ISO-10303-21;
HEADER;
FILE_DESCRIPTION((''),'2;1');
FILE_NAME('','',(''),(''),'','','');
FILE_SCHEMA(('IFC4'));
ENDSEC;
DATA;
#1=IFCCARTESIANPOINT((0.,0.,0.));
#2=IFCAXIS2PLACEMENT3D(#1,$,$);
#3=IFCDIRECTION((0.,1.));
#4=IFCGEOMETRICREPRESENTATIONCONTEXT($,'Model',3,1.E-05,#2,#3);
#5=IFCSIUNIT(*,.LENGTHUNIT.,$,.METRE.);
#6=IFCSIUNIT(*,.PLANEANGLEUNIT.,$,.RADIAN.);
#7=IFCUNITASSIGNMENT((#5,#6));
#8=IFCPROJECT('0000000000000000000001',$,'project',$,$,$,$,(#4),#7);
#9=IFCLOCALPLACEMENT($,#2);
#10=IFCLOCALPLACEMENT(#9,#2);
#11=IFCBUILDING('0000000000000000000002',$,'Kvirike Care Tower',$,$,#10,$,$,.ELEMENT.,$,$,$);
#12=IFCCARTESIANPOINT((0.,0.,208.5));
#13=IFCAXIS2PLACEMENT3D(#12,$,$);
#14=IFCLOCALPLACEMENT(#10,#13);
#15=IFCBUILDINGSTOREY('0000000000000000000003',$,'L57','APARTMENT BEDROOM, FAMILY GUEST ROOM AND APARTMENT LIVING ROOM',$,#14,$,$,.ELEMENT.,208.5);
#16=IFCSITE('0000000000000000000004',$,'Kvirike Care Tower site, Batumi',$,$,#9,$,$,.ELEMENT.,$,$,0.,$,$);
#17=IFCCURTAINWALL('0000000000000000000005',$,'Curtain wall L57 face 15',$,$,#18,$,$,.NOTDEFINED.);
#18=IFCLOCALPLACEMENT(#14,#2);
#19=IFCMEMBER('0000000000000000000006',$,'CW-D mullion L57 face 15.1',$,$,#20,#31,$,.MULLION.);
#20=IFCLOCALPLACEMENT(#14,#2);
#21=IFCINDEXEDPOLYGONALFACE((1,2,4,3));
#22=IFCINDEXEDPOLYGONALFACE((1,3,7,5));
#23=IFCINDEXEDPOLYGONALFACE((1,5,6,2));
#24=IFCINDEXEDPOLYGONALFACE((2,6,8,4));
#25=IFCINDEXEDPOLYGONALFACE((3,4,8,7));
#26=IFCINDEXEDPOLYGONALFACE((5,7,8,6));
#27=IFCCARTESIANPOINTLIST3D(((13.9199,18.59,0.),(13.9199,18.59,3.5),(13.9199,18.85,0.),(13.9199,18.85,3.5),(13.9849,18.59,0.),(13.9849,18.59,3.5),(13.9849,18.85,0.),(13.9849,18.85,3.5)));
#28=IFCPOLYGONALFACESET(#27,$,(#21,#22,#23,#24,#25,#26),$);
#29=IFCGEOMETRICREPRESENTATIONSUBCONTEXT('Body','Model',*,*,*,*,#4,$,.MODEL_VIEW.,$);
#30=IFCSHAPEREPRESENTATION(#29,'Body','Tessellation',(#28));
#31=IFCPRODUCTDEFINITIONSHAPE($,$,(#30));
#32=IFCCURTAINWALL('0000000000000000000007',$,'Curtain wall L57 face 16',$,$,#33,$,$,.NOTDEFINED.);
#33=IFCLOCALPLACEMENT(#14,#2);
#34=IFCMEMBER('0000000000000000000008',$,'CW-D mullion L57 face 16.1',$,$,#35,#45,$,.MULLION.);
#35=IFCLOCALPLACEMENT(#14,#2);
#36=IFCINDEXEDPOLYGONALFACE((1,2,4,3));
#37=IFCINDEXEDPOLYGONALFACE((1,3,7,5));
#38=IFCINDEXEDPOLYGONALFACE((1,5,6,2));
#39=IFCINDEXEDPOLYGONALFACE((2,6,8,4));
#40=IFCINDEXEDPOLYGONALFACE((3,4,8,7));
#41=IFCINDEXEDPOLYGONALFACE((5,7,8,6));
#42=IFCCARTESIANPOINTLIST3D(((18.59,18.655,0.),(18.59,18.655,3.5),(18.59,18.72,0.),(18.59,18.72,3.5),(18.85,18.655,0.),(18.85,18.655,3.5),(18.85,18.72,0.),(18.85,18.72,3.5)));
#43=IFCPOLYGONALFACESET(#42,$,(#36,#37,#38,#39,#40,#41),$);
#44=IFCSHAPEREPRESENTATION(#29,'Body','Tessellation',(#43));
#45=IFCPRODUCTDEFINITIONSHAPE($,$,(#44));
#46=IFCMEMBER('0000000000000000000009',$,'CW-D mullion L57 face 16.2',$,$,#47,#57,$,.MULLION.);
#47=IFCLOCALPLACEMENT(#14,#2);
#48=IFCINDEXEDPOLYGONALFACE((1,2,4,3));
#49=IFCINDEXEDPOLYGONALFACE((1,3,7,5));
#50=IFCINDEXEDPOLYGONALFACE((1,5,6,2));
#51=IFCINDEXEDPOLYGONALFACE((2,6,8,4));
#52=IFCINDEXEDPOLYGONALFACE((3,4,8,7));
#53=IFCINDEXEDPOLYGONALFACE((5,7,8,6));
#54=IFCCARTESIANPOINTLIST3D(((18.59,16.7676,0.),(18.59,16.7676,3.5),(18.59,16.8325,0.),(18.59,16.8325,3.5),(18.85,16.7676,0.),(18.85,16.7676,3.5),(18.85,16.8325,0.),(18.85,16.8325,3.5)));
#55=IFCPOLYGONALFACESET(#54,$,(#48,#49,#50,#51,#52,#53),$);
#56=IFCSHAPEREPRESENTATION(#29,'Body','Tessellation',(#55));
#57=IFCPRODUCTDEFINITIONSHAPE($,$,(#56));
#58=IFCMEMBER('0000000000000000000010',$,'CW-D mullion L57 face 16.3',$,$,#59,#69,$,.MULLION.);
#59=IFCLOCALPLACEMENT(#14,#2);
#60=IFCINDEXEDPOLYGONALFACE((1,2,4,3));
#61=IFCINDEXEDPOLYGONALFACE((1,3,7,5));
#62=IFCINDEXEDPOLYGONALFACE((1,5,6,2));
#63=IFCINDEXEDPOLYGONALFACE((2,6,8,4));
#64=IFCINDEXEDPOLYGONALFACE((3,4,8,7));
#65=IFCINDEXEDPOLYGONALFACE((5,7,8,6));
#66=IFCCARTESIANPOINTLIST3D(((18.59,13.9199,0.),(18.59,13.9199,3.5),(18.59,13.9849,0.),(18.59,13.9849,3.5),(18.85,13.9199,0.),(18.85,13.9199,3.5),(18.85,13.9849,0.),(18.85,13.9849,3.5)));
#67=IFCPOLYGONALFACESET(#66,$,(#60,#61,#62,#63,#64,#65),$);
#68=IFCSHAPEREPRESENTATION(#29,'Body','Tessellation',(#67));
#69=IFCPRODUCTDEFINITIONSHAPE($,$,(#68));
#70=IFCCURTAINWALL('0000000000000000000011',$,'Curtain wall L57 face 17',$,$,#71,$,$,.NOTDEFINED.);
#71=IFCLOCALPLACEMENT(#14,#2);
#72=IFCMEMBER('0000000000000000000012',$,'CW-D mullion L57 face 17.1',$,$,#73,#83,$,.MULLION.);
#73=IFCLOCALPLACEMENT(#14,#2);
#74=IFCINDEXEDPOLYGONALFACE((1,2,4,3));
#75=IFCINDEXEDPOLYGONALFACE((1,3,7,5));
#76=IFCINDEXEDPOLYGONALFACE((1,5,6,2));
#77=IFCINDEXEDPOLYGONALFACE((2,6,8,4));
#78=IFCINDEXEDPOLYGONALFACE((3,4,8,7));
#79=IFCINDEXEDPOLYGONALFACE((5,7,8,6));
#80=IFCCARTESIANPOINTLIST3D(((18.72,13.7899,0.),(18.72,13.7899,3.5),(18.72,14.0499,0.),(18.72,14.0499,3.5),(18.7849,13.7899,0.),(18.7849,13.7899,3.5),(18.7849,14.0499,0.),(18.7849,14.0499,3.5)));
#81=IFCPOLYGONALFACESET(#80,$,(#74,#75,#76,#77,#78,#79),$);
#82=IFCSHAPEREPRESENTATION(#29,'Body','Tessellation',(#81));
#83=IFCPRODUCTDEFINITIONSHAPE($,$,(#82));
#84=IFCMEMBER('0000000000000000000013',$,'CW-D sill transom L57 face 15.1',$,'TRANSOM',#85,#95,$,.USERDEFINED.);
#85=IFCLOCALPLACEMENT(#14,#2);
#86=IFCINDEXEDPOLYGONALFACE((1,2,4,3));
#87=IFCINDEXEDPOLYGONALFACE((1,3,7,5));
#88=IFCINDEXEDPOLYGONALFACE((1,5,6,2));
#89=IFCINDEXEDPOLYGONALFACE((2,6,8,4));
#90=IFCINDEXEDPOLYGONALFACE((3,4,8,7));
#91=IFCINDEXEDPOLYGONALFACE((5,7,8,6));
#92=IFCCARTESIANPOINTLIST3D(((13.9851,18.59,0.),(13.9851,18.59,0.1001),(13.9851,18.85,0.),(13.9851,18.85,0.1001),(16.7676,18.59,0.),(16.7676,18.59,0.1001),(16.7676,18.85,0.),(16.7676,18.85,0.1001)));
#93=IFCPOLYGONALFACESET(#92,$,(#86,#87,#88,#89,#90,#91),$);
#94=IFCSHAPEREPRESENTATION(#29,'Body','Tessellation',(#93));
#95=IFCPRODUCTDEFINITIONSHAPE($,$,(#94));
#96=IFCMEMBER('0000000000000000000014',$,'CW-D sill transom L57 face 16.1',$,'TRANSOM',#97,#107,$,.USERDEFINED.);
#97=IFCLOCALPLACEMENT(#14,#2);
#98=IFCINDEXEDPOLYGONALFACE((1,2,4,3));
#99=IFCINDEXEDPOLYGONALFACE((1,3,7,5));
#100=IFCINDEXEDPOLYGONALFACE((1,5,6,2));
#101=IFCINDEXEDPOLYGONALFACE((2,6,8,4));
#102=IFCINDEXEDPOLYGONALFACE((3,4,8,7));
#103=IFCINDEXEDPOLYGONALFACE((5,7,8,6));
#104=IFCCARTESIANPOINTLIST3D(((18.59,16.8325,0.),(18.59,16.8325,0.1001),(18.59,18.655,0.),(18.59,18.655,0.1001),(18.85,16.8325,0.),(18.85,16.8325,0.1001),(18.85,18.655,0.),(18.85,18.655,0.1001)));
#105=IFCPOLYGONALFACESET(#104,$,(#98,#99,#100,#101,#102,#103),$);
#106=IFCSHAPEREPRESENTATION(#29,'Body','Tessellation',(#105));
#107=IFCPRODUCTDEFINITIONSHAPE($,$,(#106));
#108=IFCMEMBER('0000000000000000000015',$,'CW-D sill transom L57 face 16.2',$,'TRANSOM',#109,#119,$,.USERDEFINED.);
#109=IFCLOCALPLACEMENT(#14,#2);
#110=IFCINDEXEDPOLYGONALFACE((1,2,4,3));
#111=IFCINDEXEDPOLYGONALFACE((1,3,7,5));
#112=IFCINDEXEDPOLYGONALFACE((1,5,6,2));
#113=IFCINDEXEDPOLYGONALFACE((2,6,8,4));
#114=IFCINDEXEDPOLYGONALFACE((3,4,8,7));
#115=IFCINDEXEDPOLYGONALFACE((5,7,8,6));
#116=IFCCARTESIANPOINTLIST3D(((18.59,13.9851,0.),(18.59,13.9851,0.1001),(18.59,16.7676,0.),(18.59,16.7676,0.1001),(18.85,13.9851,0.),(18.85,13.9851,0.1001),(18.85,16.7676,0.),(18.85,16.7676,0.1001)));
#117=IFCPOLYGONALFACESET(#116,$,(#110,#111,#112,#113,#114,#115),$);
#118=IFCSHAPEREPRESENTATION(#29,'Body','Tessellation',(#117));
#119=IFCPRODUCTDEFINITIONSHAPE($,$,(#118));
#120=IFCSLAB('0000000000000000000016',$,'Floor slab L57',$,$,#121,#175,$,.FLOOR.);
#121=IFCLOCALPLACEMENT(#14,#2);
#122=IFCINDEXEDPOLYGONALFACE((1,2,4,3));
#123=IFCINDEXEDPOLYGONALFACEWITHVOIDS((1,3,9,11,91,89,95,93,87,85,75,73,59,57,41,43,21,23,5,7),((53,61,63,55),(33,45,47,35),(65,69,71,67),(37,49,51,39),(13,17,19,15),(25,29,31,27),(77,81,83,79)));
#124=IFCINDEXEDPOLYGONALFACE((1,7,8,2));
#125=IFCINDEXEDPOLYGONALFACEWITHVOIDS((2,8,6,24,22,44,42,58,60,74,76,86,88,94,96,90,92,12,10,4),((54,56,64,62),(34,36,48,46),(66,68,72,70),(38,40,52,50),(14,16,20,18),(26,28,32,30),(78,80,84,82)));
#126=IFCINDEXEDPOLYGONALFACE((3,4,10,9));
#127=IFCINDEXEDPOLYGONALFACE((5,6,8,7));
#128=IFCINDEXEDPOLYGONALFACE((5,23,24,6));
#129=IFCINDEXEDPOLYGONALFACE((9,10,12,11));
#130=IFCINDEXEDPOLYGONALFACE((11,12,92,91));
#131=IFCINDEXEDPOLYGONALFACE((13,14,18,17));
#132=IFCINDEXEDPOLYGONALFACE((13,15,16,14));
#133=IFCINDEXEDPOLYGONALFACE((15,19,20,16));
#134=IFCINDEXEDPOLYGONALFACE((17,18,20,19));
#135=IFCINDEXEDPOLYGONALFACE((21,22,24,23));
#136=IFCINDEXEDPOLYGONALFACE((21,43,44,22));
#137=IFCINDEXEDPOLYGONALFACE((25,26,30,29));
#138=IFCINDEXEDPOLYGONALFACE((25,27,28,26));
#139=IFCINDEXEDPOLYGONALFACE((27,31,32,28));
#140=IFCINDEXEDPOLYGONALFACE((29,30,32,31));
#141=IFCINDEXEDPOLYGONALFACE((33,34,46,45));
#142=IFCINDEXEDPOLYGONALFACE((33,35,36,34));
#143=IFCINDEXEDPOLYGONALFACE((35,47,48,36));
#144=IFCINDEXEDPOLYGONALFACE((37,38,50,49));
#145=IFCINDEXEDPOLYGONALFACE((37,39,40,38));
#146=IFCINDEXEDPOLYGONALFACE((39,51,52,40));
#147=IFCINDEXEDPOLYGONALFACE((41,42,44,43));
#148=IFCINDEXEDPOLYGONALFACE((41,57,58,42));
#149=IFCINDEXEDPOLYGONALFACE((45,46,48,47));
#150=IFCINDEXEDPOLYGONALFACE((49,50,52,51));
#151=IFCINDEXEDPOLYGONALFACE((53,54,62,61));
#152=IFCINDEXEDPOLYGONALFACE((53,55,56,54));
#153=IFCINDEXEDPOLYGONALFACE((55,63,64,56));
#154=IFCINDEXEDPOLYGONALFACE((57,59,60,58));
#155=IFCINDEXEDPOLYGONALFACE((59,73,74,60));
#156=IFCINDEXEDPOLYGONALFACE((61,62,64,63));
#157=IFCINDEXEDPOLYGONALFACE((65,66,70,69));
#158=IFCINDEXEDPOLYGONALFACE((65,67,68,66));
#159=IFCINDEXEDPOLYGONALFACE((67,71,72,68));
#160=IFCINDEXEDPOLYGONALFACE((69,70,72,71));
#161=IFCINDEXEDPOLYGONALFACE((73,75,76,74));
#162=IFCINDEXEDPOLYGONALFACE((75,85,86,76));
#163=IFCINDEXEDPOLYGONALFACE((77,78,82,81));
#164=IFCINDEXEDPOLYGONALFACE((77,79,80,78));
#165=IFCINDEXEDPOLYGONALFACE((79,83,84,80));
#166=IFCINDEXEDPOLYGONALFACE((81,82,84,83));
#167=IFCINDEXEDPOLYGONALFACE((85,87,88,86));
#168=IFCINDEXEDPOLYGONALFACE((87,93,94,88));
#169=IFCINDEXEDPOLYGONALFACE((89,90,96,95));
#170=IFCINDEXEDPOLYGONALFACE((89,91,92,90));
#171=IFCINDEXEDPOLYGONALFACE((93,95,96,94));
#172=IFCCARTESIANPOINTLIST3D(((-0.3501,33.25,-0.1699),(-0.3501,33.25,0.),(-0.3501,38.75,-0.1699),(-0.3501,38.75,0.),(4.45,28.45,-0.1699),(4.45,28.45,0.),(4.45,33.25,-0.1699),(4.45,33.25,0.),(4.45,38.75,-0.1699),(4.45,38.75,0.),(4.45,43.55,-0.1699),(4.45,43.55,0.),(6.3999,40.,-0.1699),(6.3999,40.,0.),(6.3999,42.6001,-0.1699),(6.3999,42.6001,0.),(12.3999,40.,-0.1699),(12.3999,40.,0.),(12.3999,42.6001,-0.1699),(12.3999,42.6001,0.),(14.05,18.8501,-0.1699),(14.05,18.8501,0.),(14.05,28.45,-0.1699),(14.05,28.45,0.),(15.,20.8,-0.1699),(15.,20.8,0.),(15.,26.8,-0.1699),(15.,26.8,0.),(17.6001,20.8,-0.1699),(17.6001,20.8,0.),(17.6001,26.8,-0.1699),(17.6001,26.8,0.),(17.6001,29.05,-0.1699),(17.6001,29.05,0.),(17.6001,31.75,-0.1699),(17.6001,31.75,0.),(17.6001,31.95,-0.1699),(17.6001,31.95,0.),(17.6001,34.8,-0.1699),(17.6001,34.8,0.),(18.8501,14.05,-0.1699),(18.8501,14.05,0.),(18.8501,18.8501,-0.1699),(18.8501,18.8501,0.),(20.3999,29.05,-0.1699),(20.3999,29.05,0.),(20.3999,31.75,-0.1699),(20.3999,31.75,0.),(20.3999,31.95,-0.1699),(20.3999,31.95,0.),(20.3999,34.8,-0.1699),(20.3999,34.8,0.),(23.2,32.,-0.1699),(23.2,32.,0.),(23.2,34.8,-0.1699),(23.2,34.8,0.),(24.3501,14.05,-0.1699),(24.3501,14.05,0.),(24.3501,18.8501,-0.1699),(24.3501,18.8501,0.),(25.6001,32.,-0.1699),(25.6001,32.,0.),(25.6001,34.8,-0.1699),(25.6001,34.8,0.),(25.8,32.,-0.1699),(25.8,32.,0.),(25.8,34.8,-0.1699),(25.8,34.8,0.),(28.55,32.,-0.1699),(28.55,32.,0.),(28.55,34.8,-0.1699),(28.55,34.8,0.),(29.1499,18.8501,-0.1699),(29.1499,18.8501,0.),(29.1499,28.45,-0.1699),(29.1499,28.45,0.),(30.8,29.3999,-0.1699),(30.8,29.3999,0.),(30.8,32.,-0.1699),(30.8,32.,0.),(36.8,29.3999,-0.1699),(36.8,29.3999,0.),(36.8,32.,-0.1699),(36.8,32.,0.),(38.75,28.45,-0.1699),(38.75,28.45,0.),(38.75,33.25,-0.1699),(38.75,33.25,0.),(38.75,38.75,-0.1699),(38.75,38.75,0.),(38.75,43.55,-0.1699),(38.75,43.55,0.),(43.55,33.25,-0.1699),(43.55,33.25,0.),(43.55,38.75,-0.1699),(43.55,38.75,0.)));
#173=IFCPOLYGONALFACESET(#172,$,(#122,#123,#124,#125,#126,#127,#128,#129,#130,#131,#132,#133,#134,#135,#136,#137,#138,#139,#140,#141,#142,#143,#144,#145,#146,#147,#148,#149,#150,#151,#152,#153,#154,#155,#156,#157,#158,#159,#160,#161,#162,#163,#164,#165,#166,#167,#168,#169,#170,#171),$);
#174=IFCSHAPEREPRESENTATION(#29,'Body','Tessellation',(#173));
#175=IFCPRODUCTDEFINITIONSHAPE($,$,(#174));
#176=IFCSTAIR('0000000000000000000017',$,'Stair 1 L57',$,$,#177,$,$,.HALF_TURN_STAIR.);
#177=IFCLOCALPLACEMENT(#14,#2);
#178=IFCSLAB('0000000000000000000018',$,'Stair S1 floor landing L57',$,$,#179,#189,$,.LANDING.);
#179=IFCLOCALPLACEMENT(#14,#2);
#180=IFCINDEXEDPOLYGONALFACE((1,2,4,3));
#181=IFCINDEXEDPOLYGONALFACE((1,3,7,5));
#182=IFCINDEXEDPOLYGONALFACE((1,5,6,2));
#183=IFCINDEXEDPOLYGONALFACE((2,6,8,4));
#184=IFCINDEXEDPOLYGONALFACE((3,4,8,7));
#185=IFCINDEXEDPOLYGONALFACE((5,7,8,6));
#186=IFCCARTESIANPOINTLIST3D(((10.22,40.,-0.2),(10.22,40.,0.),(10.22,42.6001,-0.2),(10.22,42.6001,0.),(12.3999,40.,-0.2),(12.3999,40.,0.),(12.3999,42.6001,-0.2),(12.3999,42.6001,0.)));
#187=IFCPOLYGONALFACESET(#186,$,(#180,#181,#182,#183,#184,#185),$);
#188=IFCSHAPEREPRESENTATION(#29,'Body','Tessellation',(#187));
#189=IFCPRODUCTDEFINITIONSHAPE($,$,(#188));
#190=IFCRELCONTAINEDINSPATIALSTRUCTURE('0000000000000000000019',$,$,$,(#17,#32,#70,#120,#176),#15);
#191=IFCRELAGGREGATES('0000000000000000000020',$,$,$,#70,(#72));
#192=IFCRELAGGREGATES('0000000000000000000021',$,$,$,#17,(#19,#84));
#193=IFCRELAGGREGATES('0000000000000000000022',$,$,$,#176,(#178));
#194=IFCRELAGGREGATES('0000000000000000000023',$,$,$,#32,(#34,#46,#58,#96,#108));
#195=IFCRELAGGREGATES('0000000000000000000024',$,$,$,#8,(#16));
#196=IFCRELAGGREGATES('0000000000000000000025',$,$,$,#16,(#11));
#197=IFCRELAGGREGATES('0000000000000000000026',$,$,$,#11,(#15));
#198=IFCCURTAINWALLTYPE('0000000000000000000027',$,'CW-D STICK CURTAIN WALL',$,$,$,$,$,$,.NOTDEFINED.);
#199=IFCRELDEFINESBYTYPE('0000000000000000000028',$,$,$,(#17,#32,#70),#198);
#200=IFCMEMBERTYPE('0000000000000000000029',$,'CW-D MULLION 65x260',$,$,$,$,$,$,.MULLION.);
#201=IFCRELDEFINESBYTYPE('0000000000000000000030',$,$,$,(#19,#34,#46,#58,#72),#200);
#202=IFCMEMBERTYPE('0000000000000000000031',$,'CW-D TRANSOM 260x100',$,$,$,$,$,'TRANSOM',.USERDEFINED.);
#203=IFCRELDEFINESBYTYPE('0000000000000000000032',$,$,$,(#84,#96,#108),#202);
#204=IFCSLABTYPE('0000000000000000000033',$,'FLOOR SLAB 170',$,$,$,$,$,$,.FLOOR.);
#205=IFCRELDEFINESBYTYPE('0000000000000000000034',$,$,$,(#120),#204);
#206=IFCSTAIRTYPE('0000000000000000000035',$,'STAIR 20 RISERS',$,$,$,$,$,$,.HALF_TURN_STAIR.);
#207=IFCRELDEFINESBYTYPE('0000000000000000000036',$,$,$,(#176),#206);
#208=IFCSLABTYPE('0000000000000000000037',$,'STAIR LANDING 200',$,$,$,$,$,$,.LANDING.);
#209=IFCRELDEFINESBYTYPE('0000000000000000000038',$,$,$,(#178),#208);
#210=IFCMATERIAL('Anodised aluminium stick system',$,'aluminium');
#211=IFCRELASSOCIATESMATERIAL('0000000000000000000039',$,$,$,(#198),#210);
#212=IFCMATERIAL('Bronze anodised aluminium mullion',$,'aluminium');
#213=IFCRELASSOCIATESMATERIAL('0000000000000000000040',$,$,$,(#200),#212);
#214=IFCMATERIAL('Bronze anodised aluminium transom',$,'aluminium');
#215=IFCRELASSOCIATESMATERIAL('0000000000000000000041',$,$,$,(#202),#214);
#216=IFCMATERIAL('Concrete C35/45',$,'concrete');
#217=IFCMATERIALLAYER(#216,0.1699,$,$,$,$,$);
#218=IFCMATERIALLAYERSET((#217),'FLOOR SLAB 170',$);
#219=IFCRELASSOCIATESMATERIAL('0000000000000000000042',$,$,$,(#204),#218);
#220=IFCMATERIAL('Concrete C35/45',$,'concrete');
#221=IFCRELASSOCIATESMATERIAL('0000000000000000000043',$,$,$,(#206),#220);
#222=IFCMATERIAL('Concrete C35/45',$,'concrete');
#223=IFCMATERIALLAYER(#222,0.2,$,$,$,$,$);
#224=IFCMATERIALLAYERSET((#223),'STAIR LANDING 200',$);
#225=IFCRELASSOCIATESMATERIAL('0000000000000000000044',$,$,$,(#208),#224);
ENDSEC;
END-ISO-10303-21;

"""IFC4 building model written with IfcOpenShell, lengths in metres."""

from ifc_helpers import new_model, si_unit, direction, frame, origin, origin_2d, place, context, subcontext, project, spatial, polyline, rectangle, outline, extrude, material, layer, layer_set, material_profile, profile_set, type_object, element, aggregate, save


model = new_model("IFC4")

# Units and contexts
model_context = context("Model", 3, precision=1e-05, world=origin(), true_north=direction((0.0, 1.0)))
body_context = subcontext(model_context, "Body", "Model", "MODEL_VIEW")
ifc_project = project(units=[si_unit("LENGTHUNIT", "METRE"), si_unit("PLANEANGLEUNIT", "RADIAN")], contexts=[model_context])

# Site, building, storey
site_placement = place(None, origin())
site = spatial("IfcSite", under=ifc_project, at=site_placement, Name="Kvirike Care Tower site, Batumi", CompositionType="ELEMENT", RefElevation=0.0)
building_placement = place(site_placement, origin())
building = spatial("IfcBuilding", under=site, at=building_placement, Name="Kvirike Care Tower", CompositionType="ELEMENT")
storey_placement = place(building_placement, frame((0.0, 0.0, 208.5)))
storey = spatial("IfcBuildingStorey", under=building, at=storey_placement, Name="L57", Description="APARTMENT BEDROOM, FAMILY GUEST ROOM AND APARTMENT LIVING ROOM", CompositionType="ELEMENT", Elevation=208.5)

# Curtain wall, member
ifc_material_1 = material(Name="Anodised aluminium stick system", Category="aluminium")
curtain_wall_type = type_object("IfcCurtainWallType", Name="CW-D STICK CURTAIN WALL", PredefinedType="NOTDEFINED", material=ifc_material_1)
curtain_wall_1_placement = place(storey_placement, origin())
curtain_wall_1 = element("IfcCurtainWall", 1, at=curtain_wall_1_placement, inside=storey, type_object=curtain_wall_type, Name="Curtain wall L57 face 15", PredefinedType="NOTDEFINED")
ifc_material_2 = material(Name="Bronze anodised aluminium mullion", Category="aluminium")
ifc_material_profile_1 = material_profile(ifc_material_2, rectangle(XDim=0.0649, YDim=0.26, at=origin_2d()), Name="CW-D MULLION 65x260")
ifc_profile_set_1 = profile_set([ifc_material_profile_1], Name="Bronze anodised aluminium mullion")
member_type_1 = type_object("IfcMemberType", Name="CW-D MULLION 65x260", PredefinedType="MULLION", material=ifc_profile_set_1)
member_1_placement = place(storey_placement, frame((13.9524, 18.72, 0.0), z_axis=(0.0, 0.0, 1.0), x_axis=(1.0, 0.0, 0.0)))
member_1 = element("IfcMember", 2, at=member_1_placement, type_object=member_type_1, Name="CW-D mullion L57 face 15.1", PredefinedType="MULLION", context=body_context, shape_type="SweptSolid", body=[
    extrude(rectangle(XDim=0.0649, YDim=0.26, at=origin_2d()), origin(), (0.0, 0.0, 1.0), 3.5),
])

# Curtain wall, members
curtain_wall_2_placement = place(storey_placement, origin())
curtain_wall_2 = element("IfcCurtainWall", 3, at=curtain_wall_2_placement, inside=storey, type_object=curtain_wall_type, Name="Curtain wall L57 face 16", PredefinedType="NOTDEFINED")
member_2_placement = place(storey_placement, frame((18.72, 18.6875, 0.0), z_axis=(0.0, 0.0, 1.0), x_axis=(0.0, -1.0, 0.0)))
member_2 = element("IfcMember", 4, at=member_2_placement, type_object=member_type_1, Name="CW-D mullion L57 face 16.1", PredefinedType="MULLION", context=body_context, shape_type="SweptSolid", body=[
    extrude(rectangle(XDim=0.0649, YDim=0.26, at=origin_2d()), origin(), (0.0, 0.0, 1.0), 3.5),
])
member_3_placement = place(storey_placement, frame((18.72, 16.8, 0.0), z_axis=(0.0, 0.0, 1.0), x_axis=(0.0, -1.0, 0.0)))
member_3 = element("IfcMember", 5, at=member_3_placement, type_object=member_type_1, Name="CW-D mullion L57 face 16.2", PredefinedType="MULLION", context=body_context, shape_type="SweptSolid", body=[
    extrude(rectangle(XDim=0.0649, YDim=0.26, at=origin_2d()), origin(), (0.0, 0.0, 1.0), 3.5),
])
member_4_placement = place(storey_placement, frame((18.72, 13.9524, 0.0), z_axis=(0.0, 0.0, 1.0), x_axis=(0.0, -1.0, 0.0)))
member_4 = element("IfcMember", 6, at=member_4_placement, type_object=member_type_1, Name="CW-D mullion L57 face 16.3", PredefinedType="MULLION", context=body_context, shape_type="SweptSolid", body=[
    extrude(rectangle(XDim=0.0649, YDim=0.26, at=origin_2d()), origin(), (0.0, 0.0, 1.0), 3.5),
])

# Curtain wall, member
curtain_wall_3_placement = place(storey_placement, origin())
curtain_wall_3 = element("IfcCurtainWall", 7, at=curtain_wall_3_placement, inside=storey, type_object=curtain_wall_type, Name="Curtain wall L57 face 17", PredefinedType="NOTDEFINED")
member_5_placement = place(storey_placement, frame((18.7524, 13.9199, 0.0), z_axis=(0.0, 0.0, 1.0), x_axis=(1.0, 0.0, 0.0)))
member_5 = element("IfcMember", 8, at=member_5_placement, type_object=member_type_1, Name="CW-D mullion L57 face 17.1", PredefinedType="MULLION", context=body_context, shape_type="SweptSolid", body=[
    extrude(rectangle(XDim=0.0649, YDim=0.26, at=origin_2d()), origin(), (0.0, 0.0, 1.0), 3.5),
])
aggregate(curtain_wall_3, [member_5])

# Members
ifc_material_3 = material(Name="Bronze anodised aluminium transom", Category="aluminium")
ifc_material_profile_2 = material_profile(ifc_material_3, rectangle(XDim=0.26, YDim=0.1001, at=origin_2d()), Name="CW-D TRANSOM 260x100")
ifc_profile_set_2 = profile_set([ifc_material_profile_2], Name="Bronze anodised aluminium transom")
member_type_2 = type_object("IfcMemberType", Name="CW-D TRANSOM 260x100", ElementType="TRANSOM", PredefinedType="USERDEFINED", material=ifc_profile_set_2)
member_6_placement = place(storey_placement, frame((13.9851, 18.72, 0.05), z_axis=(1.0, 0.0, 0.0), x_axis=(0.0, 1.0, 0.0)))
member_6 = element("IfcMember", 9, at=member_6_placement, type_object=member_type_2, Name="CW-D sill transom L57 face 15.1", ObjectType="TRANSOM", PredefinedType="USERDEFINED", context=body_context, shape_type="SweptSolid", body=[
    extrude(rectangle(XDim=0.26, YDim=0.1001, at=origin_2d()), origin(), (0.0, 0.0, 1.0), 2.7825),
])
aggregate(curtain_wall_1, [member_1, member_6])
member_7_placement = place(storey_placement, frame((18.72, 18.655, 0.05), z_axis=(0.0, -1.0, 0.0), x_axis=(1.0, 0.0, 0.0)))
member_7 = element("IfcMember", 10, at=member_7_placement, type_object=member_type_2, Name="CW-D sill transom L57 face 16.1", ObjectType="TRANSOM", PredefinedType="USERDEFINED", context=body_context, shape_type="SweptSolid", body=[
    extrude(rectangle(XDim=0.26, YDim=0.1001, at=origin_2d()), origin(), (0.0, 0.0, 1.0), 1.8225),
])
member_8_placement = place(storey_placement, frame((18.72, 16.7676, 0.05), z_axis=(0.0, -1.0, 0.0), x_axis=(1.0, 0.0, 0.0)))
member_8 = element("IfcMember", 11, at=member_8_placement, type_object=member_type_2, Name="CW-D sill transom L57 face 16.2", ObjectType="TRANSOM", PredefinedType="USERDEFINED", context=body_context, shape_type="SweptSolid", body=[
    extrude(rectangle(XDim=0.26, YDim=0.1001, at=origin_2d()), origin(), (0.0, 0.0, 1.0), 2.7825),
])

# Slab
ifc_material_4 = material(Name="Concrete C35/45", Category="concrete")
ifc_layer_1 = layer(ifc_material_4, 0.1699)
ifc_layer_set_1 = layer_set([ifc_layer_1], Name="FLOOR SLAB 170")
slab_type_1 = type_object("IfcSlabType", Name="FLOOR SLAB 170", PredefinedType="FLOOR", material=ifc_layer_set_1)
slab_1_placement = place(storey_placement, frame((0.0, 0.0, -0.1699)))
element("IfcSlab", 12, at=slab_1_placement, inside=storey, type_object=slab_type_1, Name="Floor slab L57", PredefinedType="FLOOR", context=body_context, shape_type="SweptSolid", body=[
    extrude(outline(polyline([(29.1499, 28.45), (38.75, 28.45), (38.75, 33.25), (43.55, 33.25), (43.55, 38.75), (38.75, 38.75), (38.75, 43.55), (4.45, 43.55), (4.45, 38.75), (-0.3501, 38.75), (-0.3501, 33.25), (4.45, 33.25), (4.45, 28.45), (14.05, 28.45), (14.05, 18.8501), (18.8501, 18.8501), (18.8501, 14.05), (24.3501, 14.05), (24.3501, 18.8501), (29.1499, 18.8501), (29.1499, 28.45)]), holes=[polyline([(17.6001, 29.05), (17.6001, 31.75), (20.3999, 31.75), (20.3999, 29.05), (17.6001, 29.05)]), polyline([(17.6001, 31.95), (17.6001, 34.8), (20.3999, 34.8), (20.3999, 31.95), (17.6001, 31.95)]), polyline([(23.2, 32.0), (23.2, 34.8), (25.6001, 34.8), (25.6001, 32.0), (23.2, 32.0)]), polyline([(25.8, 32.0), (25.8, 34.8), (28.55, 34.8), (28.55, 32.0), (25.8, 32.0)]), polyline([(12.3999, 42.6001), (12.3999, 40.0), (6.3999, 40.0), (6.3999, 42.6001), (12.3999, 42.6001)]), polyline([(30.8, 29.3999), (30.8, 32.0), (36.8, 32.0), (36.8, 29.3999), (30.8, 29.3999)]), polyline([(15.0, 26.8), (17.6001, 26.8), (17.6001, 20.8), (15.0, 20.8), (15.0, 26.8)])]), origin(), (0.0, 0.0, 1.0), 0.1699),
])

# Stair, slab
ifc_material_5 = material(Name="Concrete C35/45", Category="concrete")
stair_type = type_object("IfcStairType", Name="STAIR 20 RISERS", PredefinedType="HALF_TURN_STAIR", material=ifc_material_5)
stair_1_placement = place(storey_placement, origin())
stair_1 = element("IfcStair", 13, at=stair_1_placement, inside=storey, type_object=stair_type, Name="Stair 1 L57", PredefinedType="HALF_TURN_STAIR")
ifc_material_6 = material(Name="Concrete C35/45", Category="concrete")
ifc_layer_2 = layer(ifc_material_6, 0.2)
ifc_layer_set_2 = layer_set([ifc_layer_2], Name="STAIR LANDING 200")
slab_type_2 = type_object("IfcSlabType", Name="STAIR LANDING 200", PredefinedType="LANDING", material=ifc_layer_set_2)
slab_2_placement = place(storey_placement, frame((0.0, 0.0, -0.2)))
slab_2 = element("IfcSlab", 14, at=slab_2_placement, type_object=slab_type_2, Name="Stair S1 floor landing L57", PredefinedType="LANDING", context=body_context, shape_type="SweptSolid", body=[
    extrude(outline(polyline([(10.22, 42.6001), (10.22, 40.0), (12.3999, 40.0), (12.3999, 42.6001), (10.22, 42.6001)])), origin(), (0.0, 0.0, 1.0), 0.2),
])
aggregate(stair_1, [slab_2])

aggregate(curtain_wall_2, [member_2, member_3, member_4, member_7, member_8])

save(model, "model.ifc")
